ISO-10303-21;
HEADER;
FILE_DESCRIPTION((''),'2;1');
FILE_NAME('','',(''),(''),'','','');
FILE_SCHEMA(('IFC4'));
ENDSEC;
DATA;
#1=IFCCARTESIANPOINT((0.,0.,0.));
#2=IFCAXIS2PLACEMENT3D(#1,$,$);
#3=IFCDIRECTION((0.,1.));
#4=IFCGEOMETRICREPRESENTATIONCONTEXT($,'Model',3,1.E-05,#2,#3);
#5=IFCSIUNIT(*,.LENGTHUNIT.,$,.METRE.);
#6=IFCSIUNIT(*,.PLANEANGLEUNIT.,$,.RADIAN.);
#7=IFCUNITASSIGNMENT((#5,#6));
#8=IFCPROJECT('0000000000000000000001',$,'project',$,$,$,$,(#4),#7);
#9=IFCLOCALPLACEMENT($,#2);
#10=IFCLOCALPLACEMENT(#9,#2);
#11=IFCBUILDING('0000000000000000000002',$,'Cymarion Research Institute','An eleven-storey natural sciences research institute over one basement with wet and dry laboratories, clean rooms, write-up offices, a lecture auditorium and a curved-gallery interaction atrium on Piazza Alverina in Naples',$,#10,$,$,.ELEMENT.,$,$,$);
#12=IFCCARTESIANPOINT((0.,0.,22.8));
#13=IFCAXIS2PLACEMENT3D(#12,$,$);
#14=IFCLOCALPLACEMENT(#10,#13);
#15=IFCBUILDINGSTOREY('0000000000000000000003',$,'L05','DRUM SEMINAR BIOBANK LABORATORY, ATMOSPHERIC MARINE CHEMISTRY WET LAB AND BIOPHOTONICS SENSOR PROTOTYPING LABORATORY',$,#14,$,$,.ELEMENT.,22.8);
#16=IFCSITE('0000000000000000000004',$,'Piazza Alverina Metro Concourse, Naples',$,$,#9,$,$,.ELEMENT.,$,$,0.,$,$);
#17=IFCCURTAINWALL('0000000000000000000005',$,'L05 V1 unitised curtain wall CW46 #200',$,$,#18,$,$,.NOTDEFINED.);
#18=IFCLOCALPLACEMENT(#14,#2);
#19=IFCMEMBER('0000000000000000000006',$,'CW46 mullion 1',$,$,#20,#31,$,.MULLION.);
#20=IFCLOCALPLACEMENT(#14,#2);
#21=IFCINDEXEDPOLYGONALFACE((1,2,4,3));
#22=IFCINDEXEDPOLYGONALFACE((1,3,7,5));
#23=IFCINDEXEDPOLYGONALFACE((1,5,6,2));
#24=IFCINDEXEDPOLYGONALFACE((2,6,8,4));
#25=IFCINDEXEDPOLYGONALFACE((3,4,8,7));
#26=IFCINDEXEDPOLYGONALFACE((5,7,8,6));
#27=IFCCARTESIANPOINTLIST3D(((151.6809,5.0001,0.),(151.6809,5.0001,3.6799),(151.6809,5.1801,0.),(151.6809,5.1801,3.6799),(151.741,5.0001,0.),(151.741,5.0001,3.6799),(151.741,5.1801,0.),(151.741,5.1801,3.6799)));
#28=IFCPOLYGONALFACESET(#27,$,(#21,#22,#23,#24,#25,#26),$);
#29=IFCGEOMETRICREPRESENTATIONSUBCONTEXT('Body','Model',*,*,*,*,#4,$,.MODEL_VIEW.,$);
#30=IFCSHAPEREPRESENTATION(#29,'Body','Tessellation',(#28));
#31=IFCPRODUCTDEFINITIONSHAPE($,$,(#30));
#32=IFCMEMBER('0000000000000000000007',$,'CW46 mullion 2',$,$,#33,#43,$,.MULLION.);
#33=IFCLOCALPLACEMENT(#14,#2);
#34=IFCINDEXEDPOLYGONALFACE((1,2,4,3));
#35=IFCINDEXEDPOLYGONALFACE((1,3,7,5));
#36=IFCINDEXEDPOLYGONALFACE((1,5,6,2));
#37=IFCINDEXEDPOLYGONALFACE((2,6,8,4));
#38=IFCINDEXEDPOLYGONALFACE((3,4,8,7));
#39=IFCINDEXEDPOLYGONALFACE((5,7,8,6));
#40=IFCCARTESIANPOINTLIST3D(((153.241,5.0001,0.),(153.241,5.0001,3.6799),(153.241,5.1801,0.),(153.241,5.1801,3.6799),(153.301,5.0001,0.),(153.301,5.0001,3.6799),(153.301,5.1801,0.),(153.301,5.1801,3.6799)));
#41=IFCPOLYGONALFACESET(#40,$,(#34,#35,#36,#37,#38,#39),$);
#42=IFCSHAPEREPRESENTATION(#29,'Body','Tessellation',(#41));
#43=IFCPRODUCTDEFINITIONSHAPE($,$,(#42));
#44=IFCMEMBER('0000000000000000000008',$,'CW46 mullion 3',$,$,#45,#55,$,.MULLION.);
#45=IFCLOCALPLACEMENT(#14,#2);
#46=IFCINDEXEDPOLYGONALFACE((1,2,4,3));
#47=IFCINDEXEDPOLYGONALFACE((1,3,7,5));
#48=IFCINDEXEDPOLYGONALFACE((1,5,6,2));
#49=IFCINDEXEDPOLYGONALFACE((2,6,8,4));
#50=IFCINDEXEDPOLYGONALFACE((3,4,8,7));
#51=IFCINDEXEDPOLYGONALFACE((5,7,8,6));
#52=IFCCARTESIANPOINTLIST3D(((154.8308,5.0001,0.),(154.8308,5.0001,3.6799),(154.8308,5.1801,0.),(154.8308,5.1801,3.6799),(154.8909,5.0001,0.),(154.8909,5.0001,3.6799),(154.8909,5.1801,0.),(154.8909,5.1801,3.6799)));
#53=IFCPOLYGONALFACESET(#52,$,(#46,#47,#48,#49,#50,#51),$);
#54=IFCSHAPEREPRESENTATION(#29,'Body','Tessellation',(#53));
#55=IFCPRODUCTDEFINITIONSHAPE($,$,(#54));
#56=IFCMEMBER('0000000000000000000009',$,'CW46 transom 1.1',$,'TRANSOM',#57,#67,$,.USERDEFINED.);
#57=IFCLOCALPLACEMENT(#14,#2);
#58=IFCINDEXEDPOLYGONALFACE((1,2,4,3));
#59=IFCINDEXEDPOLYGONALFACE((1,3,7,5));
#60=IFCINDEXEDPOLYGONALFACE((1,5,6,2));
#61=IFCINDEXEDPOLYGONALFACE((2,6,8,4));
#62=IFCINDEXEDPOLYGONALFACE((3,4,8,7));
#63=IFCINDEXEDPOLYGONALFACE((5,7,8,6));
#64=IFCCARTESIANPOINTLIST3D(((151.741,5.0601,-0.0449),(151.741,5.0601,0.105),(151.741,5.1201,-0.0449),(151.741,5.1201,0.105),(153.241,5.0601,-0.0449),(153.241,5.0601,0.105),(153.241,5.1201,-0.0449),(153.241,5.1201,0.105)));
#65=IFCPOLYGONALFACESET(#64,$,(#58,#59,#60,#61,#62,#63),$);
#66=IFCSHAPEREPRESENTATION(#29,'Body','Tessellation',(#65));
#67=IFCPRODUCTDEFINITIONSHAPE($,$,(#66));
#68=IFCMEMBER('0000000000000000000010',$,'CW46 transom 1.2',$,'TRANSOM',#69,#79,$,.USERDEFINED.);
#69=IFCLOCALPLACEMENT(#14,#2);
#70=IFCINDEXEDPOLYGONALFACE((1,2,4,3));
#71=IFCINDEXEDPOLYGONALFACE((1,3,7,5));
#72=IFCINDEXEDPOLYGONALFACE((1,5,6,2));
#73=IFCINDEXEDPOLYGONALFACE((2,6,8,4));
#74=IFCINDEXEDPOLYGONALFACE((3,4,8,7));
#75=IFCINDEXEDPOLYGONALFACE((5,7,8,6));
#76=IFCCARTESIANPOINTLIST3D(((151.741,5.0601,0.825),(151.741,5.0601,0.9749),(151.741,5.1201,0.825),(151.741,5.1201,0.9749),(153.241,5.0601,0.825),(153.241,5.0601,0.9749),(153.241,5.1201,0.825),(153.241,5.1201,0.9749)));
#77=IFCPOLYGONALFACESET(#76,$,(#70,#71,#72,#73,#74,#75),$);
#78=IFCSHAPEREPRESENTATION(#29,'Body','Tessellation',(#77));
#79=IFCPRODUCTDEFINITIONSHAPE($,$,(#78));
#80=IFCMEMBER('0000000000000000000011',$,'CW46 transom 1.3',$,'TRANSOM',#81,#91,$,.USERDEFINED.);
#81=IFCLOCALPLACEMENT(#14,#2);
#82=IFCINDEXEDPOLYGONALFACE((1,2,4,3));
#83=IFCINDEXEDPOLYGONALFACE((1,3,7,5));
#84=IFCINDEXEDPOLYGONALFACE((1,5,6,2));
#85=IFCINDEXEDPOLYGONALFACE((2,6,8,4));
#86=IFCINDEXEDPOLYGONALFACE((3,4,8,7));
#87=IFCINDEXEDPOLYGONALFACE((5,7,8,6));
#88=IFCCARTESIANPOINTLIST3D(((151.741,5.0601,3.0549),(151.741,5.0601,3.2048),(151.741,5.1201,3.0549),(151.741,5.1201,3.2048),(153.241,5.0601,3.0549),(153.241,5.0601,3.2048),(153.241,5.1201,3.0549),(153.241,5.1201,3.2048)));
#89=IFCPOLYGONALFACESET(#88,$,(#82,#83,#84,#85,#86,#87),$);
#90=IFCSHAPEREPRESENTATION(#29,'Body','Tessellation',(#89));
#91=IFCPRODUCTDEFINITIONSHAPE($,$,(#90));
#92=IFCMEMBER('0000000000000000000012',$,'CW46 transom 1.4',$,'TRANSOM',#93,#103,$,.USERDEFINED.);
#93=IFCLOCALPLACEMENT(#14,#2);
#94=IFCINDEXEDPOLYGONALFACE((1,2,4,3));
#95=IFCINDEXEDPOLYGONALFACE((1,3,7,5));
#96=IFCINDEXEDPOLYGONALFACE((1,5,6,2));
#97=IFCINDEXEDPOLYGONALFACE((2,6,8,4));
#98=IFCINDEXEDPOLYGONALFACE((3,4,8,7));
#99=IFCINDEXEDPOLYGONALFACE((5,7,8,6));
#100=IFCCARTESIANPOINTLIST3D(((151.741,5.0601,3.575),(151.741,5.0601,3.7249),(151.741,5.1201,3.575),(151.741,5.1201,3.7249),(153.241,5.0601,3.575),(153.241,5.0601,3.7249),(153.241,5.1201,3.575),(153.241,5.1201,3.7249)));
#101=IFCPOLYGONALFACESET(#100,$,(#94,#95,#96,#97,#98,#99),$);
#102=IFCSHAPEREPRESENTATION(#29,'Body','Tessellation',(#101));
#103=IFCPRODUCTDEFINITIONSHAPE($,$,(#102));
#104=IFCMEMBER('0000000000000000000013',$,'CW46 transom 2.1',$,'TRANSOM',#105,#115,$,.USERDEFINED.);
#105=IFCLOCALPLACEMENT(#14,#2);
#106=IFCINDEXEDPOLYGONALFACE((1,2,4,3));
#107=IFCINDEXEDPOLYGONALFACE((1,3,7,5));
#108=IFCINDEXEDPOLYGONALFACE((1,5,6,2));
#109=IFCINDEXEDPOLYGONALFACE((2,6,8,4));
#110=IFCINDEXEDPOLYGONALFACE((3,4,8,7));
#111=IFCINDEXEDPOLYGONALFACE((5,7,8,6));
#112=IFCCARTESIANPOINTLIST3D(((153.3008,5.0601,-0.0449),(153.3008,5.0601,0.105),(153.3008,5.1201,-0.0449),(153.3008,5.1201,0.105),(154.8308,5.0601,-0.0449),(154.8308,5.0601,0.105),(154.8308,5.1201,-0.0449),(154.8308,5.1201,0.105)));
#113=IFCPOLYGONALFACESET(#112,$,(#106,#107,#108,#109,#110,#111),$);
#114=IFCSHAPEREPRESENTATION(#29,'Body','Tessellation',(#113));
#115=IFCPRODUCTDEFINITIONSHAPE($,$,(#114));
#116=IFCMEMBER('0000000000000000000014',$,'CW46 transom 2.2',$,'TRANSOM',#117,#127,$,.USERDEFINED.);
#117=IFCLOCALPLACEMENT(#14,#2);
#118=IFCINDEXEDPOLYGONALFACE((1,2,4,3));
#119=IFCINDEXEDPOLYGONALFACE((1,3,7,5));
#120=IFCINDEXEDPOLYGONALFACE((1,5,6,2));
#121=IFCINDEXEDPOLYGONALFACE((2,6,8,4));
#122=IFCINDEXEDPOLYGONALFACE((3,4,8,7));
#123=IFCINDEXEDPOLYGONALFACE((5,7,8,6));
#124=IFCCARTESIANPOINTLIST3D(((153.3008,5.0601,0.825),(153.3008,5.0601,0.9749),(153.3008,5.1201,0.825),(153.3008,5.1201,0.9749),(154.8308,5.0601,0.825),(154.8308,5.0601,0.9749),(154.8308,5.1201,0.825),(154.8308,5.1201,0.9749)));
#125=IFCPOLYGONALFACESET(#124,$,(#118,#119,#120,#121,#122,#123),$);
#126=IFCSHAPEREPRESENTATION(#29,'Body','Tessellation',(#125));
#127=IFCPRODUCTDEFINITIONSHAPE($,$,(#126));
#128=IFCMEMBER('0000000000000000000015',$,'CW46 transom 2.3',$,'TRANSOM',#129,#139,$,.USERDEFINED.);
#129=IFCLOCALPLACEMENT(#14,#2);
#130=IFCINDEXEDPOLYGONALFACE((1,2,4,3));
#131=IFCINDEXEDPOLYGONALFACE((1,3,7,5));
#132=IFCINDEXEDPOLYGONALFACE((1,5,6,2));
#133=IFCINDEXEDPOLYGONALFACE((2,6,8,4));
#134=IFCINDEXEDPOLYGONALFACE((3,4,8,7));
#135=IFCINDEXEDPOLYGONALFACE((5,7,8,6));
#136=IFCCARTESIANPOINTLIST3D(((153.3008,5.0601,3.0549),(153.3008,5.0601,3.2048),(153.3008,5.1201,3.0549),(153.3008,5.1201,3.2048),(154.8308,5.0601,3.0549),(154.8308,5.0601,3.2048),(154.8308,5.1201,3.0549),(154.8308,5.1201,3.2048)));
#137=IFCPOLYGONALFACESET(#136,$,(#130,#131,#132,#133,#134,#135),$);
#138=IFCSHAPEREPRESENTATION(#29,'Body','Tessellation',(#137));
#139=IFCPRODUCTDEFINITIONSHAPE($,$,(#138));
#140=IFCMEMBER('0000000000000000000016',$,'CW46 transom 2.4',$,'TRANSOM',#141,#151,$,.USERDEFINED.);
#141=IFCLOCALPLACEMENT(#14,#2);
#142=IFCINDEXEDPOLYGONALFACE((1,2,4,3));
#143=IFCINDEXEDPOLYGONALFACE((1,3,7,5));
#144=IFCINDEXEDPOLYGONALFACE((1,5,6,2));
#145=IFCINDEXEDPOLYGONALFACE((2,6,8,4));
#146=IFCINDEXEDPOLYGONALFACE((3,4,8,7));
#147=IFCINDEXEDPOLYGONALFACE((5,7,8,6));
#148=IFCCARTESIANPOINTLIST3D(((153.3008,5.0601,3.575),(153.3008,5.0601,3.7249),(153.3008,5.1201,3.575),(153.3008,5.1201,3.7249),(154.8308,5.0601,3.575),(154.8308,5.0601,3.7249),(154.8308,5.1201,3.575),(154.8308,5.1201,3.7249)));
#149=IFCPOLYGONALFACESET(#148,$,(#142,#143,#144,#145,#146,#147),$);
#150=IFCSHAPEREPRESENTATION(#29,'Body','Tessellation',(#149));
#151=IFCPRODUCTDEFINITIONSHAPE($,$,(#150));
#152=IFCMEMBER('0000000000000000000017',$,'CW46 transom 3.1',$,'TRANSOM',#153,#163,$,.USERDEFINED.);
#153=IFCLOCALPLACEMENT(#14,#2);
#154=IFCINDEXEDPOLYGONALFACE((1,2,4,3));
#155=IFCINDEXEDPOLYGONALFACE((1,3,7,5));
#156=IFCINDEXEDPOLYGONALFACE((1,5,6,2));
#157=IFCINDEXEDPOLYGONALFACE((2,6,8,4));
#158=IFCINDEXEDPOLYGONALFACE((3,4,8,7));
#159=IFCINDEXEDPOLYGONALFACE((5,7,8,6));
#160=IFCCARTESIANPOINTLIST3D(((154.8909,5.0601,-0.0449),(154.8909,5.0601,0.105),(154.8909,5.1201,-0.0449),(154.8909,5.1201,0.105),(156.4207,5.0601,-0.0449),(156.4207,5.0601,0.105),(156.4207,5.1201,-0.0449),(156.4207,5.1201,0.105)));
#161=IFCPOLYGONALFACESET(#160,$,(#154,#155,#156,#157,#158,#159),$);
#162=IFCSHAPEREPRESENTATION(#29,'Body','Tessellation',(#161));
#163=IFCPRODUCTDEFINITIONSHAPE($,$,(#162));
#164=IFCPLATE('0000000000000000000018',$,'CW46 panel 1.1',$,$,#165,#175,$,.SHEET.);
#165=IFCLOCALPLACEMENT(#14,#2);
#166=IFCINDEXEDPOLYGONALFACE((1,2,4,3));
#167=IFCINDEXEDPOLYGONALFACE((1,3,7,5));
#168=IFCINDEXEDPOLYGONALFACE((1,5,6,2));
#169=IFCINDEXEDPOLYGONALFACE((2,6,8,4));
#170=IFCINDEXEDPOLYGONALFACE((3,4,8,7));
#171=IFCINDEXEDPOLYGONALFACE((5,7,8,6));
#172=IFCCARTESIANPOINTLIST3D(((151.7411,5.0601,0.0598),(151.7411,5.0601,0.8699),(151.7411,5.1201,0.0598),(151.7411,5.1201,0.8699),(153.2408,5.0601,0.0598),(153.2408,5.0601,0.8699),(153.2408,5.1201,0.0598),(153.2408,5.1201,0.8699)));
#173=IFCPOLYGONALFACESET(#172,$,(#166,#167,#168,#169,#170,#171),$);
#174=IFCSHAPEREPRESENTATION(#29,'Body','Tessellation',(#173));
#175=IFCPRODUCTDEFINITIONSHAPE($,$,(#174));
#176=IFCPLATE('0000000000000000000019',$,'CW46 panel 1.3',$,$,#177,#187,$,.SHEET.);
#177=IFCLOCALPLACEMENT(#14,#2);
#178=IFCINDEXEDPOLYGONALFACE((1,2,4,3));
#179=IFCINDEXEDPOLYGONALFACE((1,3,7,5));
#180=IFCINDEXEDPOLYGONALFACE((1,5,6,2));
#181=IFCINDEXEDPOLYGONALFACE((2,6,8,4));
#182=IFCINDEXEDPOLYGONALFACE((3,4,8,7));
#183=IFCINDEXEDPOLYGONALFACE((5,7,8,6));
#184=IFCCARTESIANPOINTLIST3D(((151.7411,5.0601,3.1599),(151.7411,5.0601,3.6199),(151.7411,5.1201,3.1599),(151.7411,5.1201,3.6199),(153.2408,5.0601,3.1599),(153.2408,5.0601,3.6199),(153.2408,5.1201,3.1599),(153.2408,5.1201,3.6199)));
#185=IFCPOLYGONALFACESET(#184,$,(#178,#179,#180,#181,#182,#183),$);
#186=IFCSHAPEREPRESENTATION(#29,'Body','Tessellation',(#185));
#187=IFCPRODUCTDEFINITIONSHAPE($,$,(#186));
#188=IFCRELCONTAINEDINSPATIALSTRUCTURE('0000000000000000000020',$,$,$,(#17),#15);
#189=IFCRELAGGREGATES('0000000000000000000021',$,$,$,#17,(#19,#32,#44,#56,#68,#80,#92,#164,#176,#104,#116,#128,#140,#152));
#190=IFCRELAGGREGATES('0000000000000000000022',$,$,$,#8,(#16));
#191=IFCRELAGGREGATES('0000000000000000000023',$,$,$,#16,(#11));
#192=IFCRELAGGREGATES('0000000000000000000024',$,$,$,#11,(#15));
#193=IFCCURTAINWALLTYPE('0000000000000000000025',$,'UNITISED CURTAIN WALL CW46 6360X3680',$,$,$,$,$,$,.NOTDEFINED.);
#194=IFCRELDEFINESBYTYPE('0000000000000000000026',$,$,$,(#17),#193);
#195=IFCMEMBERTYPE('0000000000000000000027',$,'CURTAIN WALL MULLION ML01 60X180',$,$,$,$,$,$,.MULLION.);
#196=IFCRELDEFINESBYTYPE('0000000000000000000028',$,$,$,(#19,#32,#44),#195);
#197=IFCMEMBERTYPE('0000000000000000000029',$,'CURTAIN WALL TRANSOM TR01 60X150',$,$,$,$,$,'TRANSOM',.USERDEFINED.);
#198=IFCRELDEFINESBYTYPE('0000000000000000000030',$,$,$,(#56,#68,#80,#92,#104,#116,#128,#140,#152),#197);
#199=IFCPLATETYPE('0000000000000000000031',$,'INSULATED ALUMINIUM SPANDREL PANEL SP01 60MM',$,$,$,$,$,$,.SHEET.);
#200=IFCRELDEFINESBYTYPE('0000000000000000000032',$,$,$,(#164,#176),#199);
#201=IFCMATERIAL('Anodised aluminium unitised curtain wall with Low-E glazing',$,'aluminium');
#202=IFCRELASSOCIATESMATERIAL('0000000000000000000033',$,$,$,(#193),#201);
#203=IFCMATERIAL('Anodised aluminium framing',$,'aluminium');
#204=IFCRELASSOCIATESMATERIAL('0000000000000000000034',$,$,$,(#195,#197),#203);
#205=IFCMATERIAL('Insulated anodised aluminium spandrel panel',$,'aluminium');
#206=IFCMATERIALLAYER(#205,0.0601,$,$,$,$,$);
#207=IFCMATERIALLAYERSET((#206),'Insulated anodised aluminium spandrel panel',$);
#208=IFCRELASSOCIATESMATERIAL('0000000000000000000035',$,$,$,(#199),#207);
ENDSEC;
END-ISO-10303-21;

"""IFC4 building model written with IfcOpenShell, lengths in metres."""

from ifc_helpers import new_model, si_unit, direction, frame, origin, origin_2d, place, context, subcontext, project, spatial, rectangle, extrude, material, layer, layer_set, material_profile, profile_set, type_object, element, aggregate, save


model = new_model("IFC4")

# Units and contexts
model_context = context("Model", 3, precision=1e-05, world=origin(), true_north=direction((0.0, 1.0)))
body_context = subcontext(model_context, "Body", "Model", "MODEL_VIEW")
ifc_project = project(units=[si_unit("LENGTHUNIT", "METRE"), si_unit("PLANEANGLEUNIT", "RADIAN")], contexts=[model_context])

# Site, building, storey
site_placement = place(None, origin())
site = spatial("IfcSite", under=ifc_project, at=site_placement, Name="Piazza Alverina Metro Concourse, Naples", CompositionType="ELEMENT", RefElevation=0.0)
building_placement = place(site_placement, origin())
building = spatial("IfcBuilding", under=site, at=building_placement, Name="Cymarion Research Institute", Description="An eleven-storey natural sciences research institute over one basement with wet and dry laboratories, clean rooms, write-up offices, a lecture auditorium and a curved-gallery interaction atrium on Piazza Alverina in Naples", CompositionType="ELEMENT")
storey_placement = place(building_placement, frame((0.0, 0.0, 22.8)))
storey = spatial("IfcBuildingStorey", under=building, at=storey_placement, Name="L05", Description="DRUM SEMINAR BIOBANK LABORATORY, ATMOSPHERIC MARINE CHEMISTRY WET LAB AND BIOPHOTONICS SENSOR PROTOTYPING LABORATORY", CompositionType="ELEMENT", Elevation=22.8)

# Curtain wall, members, plates
ifc_material_1 = material(Name="Anodised aluminium unitised curtain wall with Low-E glazing", Category="aluminium")
curtain_wall_type = type_object("IfcCurtainWallType", Name="UNITISED CURTAIN WALL CW46 6360X3680", PredefinedType="NOTDEFINED", material=ifc_material_1)
curtain_wall_placement = place(storey_placement, origin())
curtain_wall = element("IfcCurtainWall", 1, at=curtain_wall_placement, inside=storey, type_object=curtain_wall_type, Name="L05 V1 unitised curtain wall CW46 #200", PredefinedType="NOTDEFINED")
ifc_material_2 = material(Name="Anodised aluminium framing", Category="aluminium")
ifc_material_profile_1 = material_profile(ifc_material_2, rectangle(XDim=0.0601, YDim=0.1799, at=origin_2d()), Name="ALU MULLION 60x180")
ifc_profile_set_1 = profile_set([ifc_material_profile_1], Name="Anodised aluminium framing")
member_type_1 = type_object("IfcMemberType", Name="CURTAIN WALL MULLION ML01 60X180", PredefinedType="MULLION", material=ifc_profile_set_1)
member_1_placement = place(storey_placement, frame((151.7109, 5.0901, 0.0), z_axis=(0.0, 0.0, 1.0), x_axis=(1.0, 0.0, 0.0)))
member_1 = element("IfcMember", 2, at=member_1_placement, type_object=member_type_1, Name="CW46 mullion 1", PredefinedType="MULLION", context=body_context, shape_type="SweptSolid", body=[
    extrude(rectangle(XDim=0.0601, YDim=0.1799, at=origin_2d()), origin(), (0.0, 0.0, 1.0), 3.6799),
])
member_2_placement = place(storey_placement, frame((153.271, 5.0901, 0.0), z_axis=(0.0, 0.0, 1.0), x_axis=(1.0, 0.0, 0.0)))
member_2 = element("IfcMember", 3, at=member_2_placement, type_object=member_type_1, Name="CW46 mullion 2", PredefinedType="MULLION", context=body_context, shape_type="SweptSolid", body=[
    extrude(rectangle(XDim=0.0601, YDim=0.1799, at=origin_2d()), origin(), (0.0, 0.0, 1.0), 3.6799),
])
member_3_placement = place(storey_placement, frame((154.8608, 5.0901, 0.0), z_axis=(0.0, 0.0, 1.0), x_axis=(1.0, 0.0, 0.0)))
member_3 = element("IfcMember", 4, at=member_3_placement, type_object=member_type_1, Name="CW46 mullion 3", PredefinedType="MULLION", context=body_context, shape_type="SweptSolid", body=[
    extrude(rectangle(XDim=0.0601, YDim=0.1799, at=origin_2d()), origin(), (0.0, 0.0, 1.0), 3.6799),
])
ifc_material_profile_2 = material_profile(ifc_material_2, rectangle(XDim=0.0601, YDim=0.1499, at=origin_2d()), Name="ALU TRANSOM 60x150")
ifc_profile_set_2 = profile_set([ifc_material_profile_2], Name="Anodised aluminium framing")
member_type_2 = type_object("IfcMemberType", Name="CURTAIN WALL TRANSOM TR01 60X150", ElementType="TRANSOM", PredefinedType="USERDEFINED", material=ifc_profile_set_2)
member_4_placement = place(storey_placement, frame((151.741, 5.0901, 0.03), z_axis=(1.0, 0.0, 0.0), x_axis=(0.0, 1.0, 0.0)))
member_4 = element("IfcMember", 5, at=member_4_placement, type_object=member_type_2, Name="CW46 transom 1.1", ObjectType="TRANSOM", PredefinedType="USERDEFINED", context=body_context, shape_type="SweptSolid", body=[
    extrude(rectangle(XDim=0.0601, YDim=0.1499, at=origin_2d()), origin(), (0.0, 0.0, 1.0), 1.5),
])
member_5_placement = place(storey_placement, frame((151.741, 5.0901, 0.8999), z_axis=(1.0, 0.0, 0.0), x_axis=(0.0, 1.0, 0.0)))
member_5 = element("IfcMember", 6, at=member_5_placement, type_object=member_type_2, Name="CW46 transom 1.2", ObjectType="TRANSOM", PredefinedType="USERDEFINED", context=body_context, shape_type="SweptSolid", body=[
    extrude(rectangle(XDim=0.0601, YDim=0.1499, at=origin_2d()), origin(), (0.0, 0.0, 1.0), 1.5),
])
member_6_placement = place(storey_placement, frame((151.741, 5.0901, 3.1299), z_axis=(1.0, 0.0, 0.0), x_axis=(0.0, 1.0, 0.0)))
member_6 = element("IfcMember", 7, at=member_6_placement, type_object=member_type_2, Name="CW46 transom 1.3", ObjectType="TRANSOM", PredefinedType="USERDEFINED", context=body_context, shape_type="SweptSolid", body=[
    extrude(rectangle(XDim=0.0601, YDim=0.1499, at=origin_2d()), origin(), (0.0, 0.0, 1.0), 1.5),
])
member_7_placement = place(storey_placement, frame((151.741, 5.0901, 3.6499), z_axis=(1.0, 0.0, 0.0), x_axis=(0.0, 1.0, 0.0)))
member_7 = element("IfcMember", 8, at=member_7_placement, type_object=member_type_2, Name="CW46 transom 1.4", ObjectType="TRANSOM", PredefinedType="USERDEFINED", context=body_context, shape_type="SweptSolid", body=[
    extrude(rectangle(XDim=0.0601, YDim=0.1499, at=origin_2d()), origin(), (0.0, 0.0, 1.0), 1.5),
])
member_8_placement = place(storey_placement, frame((153.3008, 5.0901, 0.03), z_axis=(1.0, 0.0, 0.0), x_axis=(0.0, 1.0, 0.0)))
member_8 = element("IfcMember", 9, at=member_8_placement, type_object=member_type_2, Name="CW46 transom 2.1", ObjectType="TRANSOM", PredefinedType="USERDEFINED", context=body_context, shape_type="SweptSolid", body=[
    extrude(rectangle(XDim=0.0601, YDim=0.1499, at=origin_2d()), origin(), (0.0, 0.0, 1.0), 1.53),
])
member_9_placement = place(storey_placement, frame((153.3008, 5.0901, 0.8999), z_axis=(1.0, 0.0, 0.0), x_axis=(0.0, 1.0, 0.0)))
member_9 = element("IfcMember", 10, at=member_9_placement, type_object=member_type_2, Name="CW46 transom 2.2", ObjectType="TRANSOM", PredefinedType="USERDEFINED", context=body_context, shape_type="SweptSolid", body=[
    extrude(rectangle(XDim=0.0601, YDim=0.1499, at=origin_2d()), origin(), (0.0, 0.0, 1.0), 1.53),
])
member_10_placement = place(storey_placement, frame((153.3008, 5.0901, 3.1299), z_axis=(1.0, 0.0, 0.0), x_axis=(0.0, 1.0, 0.0)))
member_10 = element("IfcMember", 11, at=member_10_placement, type_object=member_type_2, Name="CW46 transom 2.3", ObjectType="TRANSOM", PredefinedType="USERDEFINED", context=body_context, shape_type="SweptSolid", body=[
    extrude(rectangle(XDim=0.0601, YDim=0.1499, at=origin_2d()), origin(), (0.0, 0.0, 1.0), 1.53),
])
member_11_placement = place(storey_placement, frame((153.3008, 5.0901, 3.6499), z_axis=(1.0, 0.0, 0.0), x_axis=(0.0, 1.0, 0.0)))
member_11 = element("IfcMember", 12, at=member_11_placement, type_object=member_type_2, Name="CW46 transom 2.4", ObjectType="TRANSOM", PredefinedType="USERDEFINED", context=body_context, shape_type="SweptSolid", body=[
    extrude(rectangle(XDim=0.0601, YDim=0.1499, at=origin_2d()), origin(), (0.0, 0.0, 1.0), 1.53),
])
member_12_placement = place(storey_placement, frame((154.8909, 5.0901, 0.03), z_axis=(1.0, 0.0, 0.0), x_axis=(0.0, 1.0, 0.0)))
member_12 = element("IfcMember", 13, at=member_12_placement, type_object=member_type_2, Name="CW46 transom 3.1", ObjectType="TRANSOM", PredefinedType="USERDEFINED", context=body_context, shape_type="SweptSolid", body=[
    extrude(rectangle(XDim=0.0601, YDim=0.1499, at=origin_2d()), origin(), (0.0, 0.0, 1.0), 1.5298),
])
ifc_material_3 = material(Name="Insulated anodised aluminium spandrel panel", Category="aluminium")
ifc_layer_1 = layer(ifc_material_3, 0.0601)
ifc_layer_set_1 = layer_set([ifc_layer_1], Name="Insulated anodised aluminium spandrel panel")
plate_type_1 = type_object("IfcPlateType", Name="INSULATED ALUMINIUM SPANDREL PANEL SP01 60MM", PredefinedType="SHEET", material=ifc_layer_set_1)
plate_1_placement = place(storey_placement, frame((152.491, 5.0901, 0.0598), z_axis=(0.0, 0.0, 1.0), x_axis=(1.0, 0.0, 0.0)))
plate_1 = element("IfcPlate", 14, at=plate_1_placement, type_object=plate_type_1, Name="CW46 panel 1.1", PredefinedType="SHEET", context=body_context, shape_type="SweptSolid", body=[
    extrude(rectangle(XDim=1.4998, YDim=0.0601, at=origin_2d()), origin(), (0.0, 0.0, 1.0), 0.8101),
])
plate_2_placement = place(storey_placement, frame((152.491, 5.0901, 3.1599), z_axis=(0.0, 0.0, 1.0), x_axis=(1.0, 0.0, 0.0)))
plate_2 = element("IfcPlate", 15, at=plate_2_placement, type_object=plate_type_1, Name="CW46 panel 1.3", PredefinedType="SHEET", context=body_context, shape_type="SweptSolid", body=[
    extrude(rectangle(XDim=1.4998, YDim=0.0601, at=origin_2d()), origin(), (0.0, 0.0, 1.0), 0.46),
])
aggregate(curtain_wall, [member_1, member_2, member_3, member_4, member_5, member_6, member_7, plate_1, plate_2, member_8, member_9, member_10, member_11, member_12])

save(model, "model.ifc")
